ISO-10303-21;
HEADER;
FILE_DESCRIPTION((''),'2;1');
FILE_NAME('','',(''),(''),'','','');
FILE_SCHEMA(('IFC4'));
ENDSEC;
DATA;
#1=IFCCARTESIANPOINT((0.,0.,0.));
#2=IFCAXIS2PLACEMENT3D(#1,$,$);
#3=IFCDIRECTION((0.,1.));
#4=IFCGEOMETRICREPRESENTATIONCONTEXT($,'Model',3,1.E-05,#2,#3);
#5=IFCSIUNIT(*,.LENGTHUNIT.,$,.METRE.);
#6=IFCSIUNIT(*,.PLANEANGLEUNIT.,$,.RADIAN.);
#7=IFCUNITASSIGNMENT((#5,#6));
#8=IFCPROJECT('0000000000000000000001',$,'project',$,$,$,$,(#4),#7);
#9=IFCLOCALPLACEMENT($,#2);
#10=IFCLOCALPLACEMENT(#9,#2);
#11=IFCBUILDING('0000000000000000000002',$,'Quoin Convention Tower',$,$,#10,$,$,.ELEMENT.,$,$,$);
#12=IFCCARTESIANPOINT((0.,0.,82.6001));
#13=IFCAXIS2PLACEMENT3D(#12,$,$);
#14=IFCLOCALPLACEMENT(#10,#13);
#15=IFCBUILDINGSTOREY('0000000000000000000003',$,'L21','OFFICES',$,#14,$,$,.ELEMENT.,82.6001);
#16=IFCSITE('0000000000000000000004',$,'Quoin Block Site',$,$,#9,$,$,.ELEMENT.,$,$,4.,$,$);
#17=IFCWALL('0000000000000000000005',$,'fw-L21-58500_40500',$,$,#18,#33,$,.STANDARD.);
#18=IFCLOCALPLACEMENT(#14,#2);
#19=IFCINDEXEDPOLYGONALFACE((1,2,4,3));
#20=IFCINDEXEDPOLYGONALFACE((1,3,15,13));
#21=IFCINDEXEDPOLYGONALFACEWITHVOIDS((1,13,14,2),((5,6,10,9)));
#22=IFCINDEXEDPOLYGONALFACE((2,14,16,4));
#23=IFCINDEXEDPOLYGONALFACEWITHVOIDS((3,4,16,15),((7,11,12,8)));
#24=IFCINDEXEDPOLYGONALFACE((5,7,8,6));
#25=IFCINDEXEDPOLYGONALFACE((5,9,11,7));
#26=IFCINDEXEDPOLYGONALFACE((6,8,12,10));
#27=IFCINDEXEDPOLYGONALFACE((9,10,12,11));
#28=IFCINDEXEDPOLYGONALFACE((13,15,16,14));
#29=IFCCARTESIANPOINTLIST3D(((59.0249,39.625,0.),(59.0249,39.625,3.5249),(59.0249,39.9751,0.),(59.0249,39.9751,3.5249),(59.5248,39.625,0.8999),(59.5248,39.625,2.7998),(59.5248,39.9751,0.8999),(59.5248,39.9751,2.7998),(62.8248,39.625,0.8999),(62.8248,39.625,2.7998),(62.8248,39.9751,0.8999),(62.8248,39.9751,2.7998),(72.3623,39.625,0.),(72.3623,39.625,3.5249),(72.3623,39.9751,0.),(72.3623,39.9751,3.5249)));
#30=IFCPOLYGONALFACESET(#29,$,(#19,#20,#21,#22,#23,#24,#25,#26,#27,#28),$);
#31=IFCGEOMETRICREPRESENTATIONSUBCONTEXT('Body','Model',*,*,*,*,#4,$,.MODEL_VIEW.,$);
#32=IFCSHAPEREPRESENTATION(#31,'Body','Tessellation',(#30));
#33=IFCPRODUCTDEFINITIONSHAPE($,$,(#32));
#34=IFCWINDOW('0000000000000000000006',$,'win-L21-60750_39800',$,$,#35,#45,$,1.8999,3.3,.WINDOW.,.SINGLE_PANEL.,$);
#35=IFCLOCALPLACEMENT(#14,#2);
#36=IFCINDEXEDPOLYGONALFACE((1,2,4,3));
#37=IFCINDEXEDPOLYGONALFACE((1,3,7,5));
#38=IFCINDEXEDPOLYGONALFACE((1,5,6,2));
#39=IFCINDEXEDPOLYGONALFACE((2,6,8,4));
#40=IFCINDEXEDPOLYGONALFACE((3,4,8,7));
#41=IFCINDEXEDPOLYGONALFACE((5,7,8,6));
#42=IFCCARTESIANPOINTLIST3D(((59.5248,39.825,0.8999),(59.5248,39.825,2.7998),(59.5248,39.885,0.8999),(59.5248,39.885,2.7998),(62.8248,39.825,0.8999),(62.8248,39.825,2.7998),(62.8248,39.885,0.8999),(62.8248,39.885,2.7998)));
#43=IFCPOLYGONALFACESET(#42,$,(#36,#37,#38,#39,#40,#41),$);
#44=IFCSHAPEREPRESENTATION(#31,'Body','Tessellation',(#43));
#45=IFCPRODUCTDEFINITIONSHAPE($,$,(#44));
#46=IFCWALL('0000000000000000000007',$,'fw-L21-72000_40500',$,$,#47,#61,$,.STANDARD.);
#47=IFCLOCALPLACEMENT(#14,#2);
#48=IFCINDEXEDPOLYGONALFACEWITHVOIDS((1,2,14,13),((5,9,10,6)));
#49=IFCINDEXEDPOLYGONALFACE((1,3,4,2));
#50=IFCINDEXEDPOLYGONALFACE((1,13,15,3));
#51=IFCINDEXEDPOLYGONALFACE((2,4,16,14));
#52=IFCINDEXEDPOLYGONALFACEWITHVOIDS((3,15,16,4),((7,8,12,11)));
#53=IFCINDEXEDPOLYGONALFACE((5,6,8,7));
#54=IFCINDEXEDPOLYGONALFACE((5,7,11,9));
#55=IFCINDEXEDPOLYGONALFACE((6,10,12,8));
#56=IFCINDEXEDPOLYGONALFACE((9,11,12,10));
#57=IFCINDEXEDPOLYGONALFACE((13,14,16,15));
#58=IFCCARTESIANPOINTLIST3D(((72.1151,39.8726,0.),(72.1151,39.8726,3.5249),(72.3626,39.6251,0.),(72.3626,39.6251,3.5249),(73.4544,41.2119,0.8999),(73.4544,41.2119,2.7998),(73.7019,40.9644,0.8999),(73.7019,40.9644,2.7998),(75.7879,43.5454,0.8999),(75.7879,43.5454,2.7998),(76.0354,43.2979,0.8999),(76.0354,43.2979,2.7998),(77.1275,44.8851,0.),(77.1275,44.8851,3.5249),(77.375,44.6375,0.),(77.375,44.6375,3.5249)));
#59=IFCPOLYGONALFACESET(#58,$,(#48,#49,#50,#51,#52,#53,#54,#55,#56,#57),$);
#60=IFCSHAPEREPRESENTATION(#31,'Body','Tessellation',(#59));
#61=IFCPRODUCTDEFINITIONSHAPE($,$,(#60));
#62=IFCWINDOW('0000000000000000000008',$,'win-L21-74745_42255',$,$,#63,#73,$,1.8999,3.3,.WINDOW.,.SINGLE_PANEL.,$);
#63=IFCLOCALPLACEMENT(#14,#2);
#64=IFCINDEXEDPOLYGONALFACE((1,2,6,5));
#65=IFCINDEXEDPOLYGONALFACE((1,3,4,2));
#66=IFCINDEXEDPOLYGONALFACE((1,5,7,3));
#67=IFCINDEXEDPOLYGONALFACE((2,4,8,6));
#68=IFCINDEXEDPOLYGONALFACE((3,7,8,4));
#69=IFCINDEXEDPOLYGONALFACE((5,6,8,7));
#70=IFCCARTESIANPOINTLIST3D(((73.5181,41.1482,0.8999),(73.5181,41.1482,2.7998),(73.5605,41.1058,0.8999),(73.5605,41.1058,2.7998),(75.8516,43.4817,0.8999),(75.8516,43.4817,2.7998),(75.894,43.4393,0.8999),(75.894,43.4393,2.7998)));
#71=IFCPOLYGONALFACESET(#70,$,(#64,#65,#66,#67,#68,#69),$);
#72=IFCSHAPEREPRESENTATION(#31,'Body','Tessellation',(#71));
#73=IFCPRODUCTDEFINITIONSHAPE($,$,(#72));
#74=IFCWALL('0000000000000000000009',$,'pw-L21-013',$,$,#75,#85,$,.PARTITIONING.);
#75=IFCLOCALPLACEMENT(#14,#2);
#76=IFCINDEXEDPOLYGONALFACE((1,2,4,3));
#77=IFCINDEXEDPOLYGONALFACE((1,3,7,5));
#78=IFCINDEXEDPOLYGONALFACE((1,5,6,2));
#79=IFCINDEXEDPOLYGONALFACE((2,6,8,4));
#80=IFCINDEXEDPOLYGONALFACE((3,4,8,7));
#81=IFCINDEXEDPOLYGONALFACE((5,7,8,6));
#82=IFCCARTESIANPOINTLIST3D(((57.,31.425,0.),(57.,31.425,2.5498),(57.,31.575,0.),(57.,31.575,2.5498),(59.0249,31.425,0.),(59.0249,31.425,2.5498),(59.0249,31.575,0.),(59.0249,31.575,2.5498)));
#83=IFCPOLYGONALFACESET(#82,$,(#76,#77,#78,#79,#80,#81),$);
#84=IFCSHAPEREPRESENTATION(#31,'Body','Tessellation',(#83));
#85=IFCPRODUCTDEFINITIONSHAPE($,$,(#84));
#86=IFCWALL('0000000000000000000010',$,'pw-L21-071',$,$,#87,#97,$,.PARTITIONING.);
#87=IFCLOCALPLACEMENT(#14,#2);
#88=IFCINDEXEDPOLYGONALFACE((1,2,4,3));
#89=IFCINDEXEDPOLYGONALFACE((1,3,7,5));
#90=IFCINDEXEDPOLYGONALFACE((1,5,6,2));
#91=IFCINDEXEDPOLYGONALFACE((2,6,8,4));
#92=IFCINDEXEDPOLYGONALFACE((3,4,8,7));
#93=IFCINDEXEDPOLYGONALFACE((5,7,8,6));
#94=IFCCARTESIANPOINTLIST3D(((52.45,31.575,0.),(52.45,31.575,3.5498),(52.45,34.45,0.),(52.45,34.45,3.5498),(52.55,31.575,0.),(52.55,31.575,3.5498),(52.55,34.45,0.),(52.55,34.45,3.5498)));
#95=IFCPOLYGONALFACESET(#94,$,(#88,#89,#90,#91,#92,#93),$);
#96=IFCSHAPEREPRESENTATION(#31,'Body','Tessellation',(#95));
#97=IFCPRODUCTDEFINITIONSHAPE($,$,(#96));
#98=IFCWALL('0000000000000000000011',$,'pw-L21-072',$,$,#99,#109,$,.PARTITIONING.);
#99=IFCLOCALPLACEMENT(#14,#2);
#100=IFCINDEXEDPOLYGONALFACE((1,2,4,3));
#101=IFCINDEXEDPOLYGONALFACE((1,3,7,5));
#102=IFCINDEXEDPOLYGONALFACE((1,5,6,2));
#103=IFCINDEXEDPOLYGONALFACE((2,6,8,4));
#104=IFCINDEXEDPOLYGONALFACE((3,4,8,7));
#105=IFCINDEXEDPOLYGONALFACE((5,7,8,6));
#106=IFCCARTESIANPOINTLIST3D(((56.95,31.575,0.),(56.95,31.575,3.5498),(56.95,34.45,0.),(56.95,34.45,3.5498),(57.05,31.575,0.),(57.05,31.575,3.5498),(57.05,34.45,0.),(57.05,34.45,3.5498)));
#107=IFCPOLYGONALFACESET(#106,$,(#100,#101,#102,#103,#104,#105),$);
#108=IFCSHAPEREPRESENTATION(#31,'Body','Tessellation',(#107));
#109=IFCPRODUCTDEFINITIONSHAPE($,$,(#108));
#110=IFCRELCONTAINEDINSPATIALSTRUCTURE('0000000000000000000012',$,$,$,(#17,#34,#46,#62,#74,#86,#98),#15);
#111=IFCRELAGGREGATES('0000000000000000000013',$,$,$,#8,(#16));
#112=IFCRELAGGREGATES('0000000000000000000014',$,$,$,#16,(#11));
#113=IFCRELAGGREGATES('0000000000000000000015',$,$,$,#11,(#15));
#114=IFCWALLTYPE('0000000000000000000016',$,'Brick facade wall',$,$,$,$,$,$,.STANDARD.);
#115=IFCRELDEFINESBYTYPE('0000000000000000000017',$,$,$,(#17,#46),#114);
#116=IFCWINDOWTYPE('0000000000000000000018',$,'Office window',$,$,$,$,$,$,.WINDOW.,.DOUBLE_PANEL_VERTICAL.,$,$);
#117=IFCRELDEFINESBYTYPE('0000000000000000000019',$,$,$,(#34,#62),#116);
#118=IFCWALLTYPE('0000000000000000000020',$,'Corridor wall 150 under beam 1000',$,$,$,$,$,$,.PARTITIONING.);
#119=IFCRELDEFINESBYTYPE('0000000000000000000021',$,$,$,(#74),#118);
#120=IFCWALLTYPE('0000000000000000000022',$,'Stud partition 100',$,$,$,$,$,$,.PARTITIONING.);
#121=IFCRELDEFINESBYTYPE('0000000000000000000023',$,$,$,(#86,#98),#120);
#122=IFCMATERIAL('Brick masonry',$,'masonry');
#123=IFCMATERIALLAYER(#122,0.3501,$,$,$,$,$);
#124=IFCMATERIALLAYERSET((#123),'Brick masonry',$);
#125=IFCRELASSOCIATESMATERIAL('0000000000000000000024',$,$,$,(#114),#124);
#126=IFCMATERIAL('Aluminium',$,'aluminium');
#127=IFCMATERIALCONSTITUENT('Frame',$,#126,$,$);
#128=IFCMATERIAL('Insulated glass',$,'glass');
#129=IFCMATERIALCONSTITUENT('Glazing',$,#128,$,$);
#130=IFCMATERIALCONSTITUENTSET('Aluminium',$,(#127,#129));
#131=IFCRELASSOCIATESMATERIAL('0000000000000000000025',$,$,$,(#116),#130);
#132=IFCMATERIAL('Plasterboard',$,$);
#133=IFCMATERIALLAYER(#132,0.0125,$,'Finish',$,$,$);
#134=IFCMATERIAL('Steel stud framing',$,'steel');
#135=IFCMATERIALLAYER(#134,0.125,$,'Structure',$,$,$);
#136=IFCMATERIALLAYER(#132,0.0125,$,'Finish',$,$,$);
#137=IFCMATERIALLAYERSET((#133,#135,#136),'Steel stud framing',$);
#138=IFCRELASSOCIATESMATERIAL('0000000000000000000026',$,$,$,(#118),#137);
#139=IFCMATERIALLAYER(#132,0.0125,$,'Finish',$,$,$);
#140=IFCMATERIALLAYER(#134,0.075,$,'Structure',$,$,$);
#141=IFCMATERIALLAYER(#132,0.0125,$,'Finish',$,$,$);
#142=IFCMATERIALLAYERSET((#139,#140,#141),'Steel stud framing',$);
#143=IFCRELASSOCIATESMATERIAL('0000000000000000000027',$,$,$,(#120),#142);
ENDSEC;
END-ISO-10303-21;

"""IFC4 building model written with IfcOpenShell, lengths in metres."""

from ifc_helpers import new_model, si_unit, direction, frame, frame_2d, origin, place, context, subcontext, project, spatial, rectangle, extrude, material, layer, layer_set, constituent, constituent_set, type_object, element, fill, save


model = new_model("IFC4")

# Units and contexts
model_context = context("Model", 3, precision=1e-05, world=origin(), true_north=direction((0.0, 1.0)))
body_context = subcontext(model_context, "Body", "Model", "MODEL_VIEW")
ifc_project = project(units=[si_unit("LENGTHUNIT", "METRE"), si_unit("PLANEANGLEUNIT", "RADIAN")], contexts=[model_context])

# Site, building, storey
site_placement = place(None, origin())
site = spatial("IfcSite", under=ifc_project, at=site_placement, Name="Quoin Block Site", CompositionType="ELEMENT", RefElevation=4.0)
building_placement = place(site_placement, origin())
building = spatial("IfcBuilding", under=site, at=building_placement, Name="Quoin Convention Tower", CompositionType="ELEMENT")
storey_placement = place(building_placement, frame((0.0, 0.0, 82.6001)))
storey = spatial("IfcBuildingStorey", under=building, at=storey_placement, Name="L21", Description="OFFICES", CompositionType="ELEMENT", Elevation=82.6001)

# Shared definitions
ifc_material_1 = material(Name="Plasterboard")
ifc_material_2 = material(Name="Steel stud framing", Category="steel")

# Walls, openings, windows
ifc_material_3 = material(Name="Brick masonry", Category="masonry")
ifc_layer_1 = layer(ifc_material_3, 0.3501)
ifc_layer_set_1 = layer_set([ifc_layer_1], Name="Brick masonry")
wall_type_1 = type_object("IfcWallType", Name="Brick facade wall", PredefinedType="STANDARD", material=ifc_layer_set_1)
wall_1_placement = place(storey_placement, frame((59.0249, 39.8, 0.0), z_axis=(0.0, 0.0, 1.0), x_axis=(1.0, 0.0, 0.0)))
wall_1 = element("IfcWall", 1, at=wall_1_placement, inside=storey, type_object=wall_type_1, Name="fw-L21-58500_40500", PredefinedType="STANDARD", context=body_context, shape_type="SweptSolid", body=[
    extrude(rectangle(XDim=13.3374, YDim=0.3501, at=frame_2d((6.6687, 0.0))), origin(), (0.0, 0.0, 1.0), 3.5249),
])
opening_1_placement = place(wall_1_placement, frame((0.5, 0.0, 0.8999)))
opening_1 = element("IfcOpeningElement", 2, at=opening_1_placement, cuts=wall_1, PredefinedType="OPENING", context=body_context, shape_type="SweptSolid", body=[
    extrude(rectangle(XDim=3.3, YDim=1.8999, at=frame_2d((1.6499, 0.95))), frame((0.0, 0.1851, 0.0), z_axis=(0.0, -1.0, 0.0), x_axis=(1.0, 0.0, 0.0)), (0.0, 0.0, 1.0), 0.3701),
])
ifc_material_4 = material(Name="Aluminium", Category="aluminium")
ifc_constituent_1 = constituent(ifc_material_4, Name="Frame")
ifc_material_5 = material(Name="Insulated glass", Category="glass")
ifc_constituent_2 = constituent(ifc_material_5, Name="Glazing")
ifc_constituent_set = constituent_set(constituents=[ifc_constituent_1, ifc_constituent_2], Name="Aluminium")
window_type = type_object("IfcWindowType", Name="Office window", PartitioningType="DOUBLE_PANEL_VERTICAL", PredefinedType="WINDOW", material=ifc_constituent_set)
window_1_placement = place(opening_1_placement, origin())
window_1 = element("IfcWindow", 3, at=window_1_placement, inside=storey, type_object=window_type, Name="win-L21-60750_39800", OverallHeight=1.8999, OverallWidth=3.3, PartitioningType="SINGLE_PANEL", PredefinedType="WINDOW", context=body_context, shape_type="SweptSolid", body=[
    extrude(rectangle(XDim=3.3, YDim=1.8999, at=frame_2d((1.6499, 0.95))), frame((0.0, 0.085, 0.0), z_axis=(0.0, -1.0, 0.0), x_axis=(1.0, 0.0, 0.0)), (0.0, 0.0, 1.0), 0.0601),
])
fill(opening_1, window_1)
wall_2_placement = place(storey_placement, frame((72.2388, 39.7488, 0.0), z_axis=(0.0, 0.0, 1.0), x_axis=(0.707107, 0.707107, 0.0)))
wall_2 = element("IfcWall", 4, at=wall_2_placement, inside=storey, type_object=wall_type_1, Name="fw-L21-72000_40500", PredefinedType="STANDARD", context=body_context, shape_type="SweptSolid", body=[
    extrude(rectangle(XDim=7.0886, YDim=0.3501, at=frame_2d((3.5444, 0.0))), origin(), (0.0, 0.0, 1.0), 3.5249),
])
opening_2_placement = place(wall_2_placement, frame((1.8943, 0.0, 0.8999)))
opening_2 = element("IfcOpeningElement", 5, at=opening_2_placement, cuts=wall_2, PredefinedType="OPENING", context=body_context, shape_type="SweptSolid", body=[
    extrude(rectangle(XDim=3.3, YDim=1.8999, at=frame_2d((1.6499, 0.95))), frame((0.0, 0.1851, 0.0), z_axis=(0.0, -1.0, 0.0), x_axis=(1.0, 0.0, 0.0)), (0.0, 0.0, 1.0), 0.3701),
])
window_2_placement = place(opening_2_placement, origin())
window_2 = element("IfcWindow", 6, at=window_2_placement, inside=storey, type_object=window_type, Name="win-L21-74745_42255", OverallHeight=1.8999, OverallWidth=3.3, PartitioningType="SINGLE_PANEL", PredefinedType="WINDOW", context=body_context, shape_type="SweptSolid", body=[
    extrude(rectangle(XDim=3.3, YDim=1.8999, at=frame_2d((1.6499, 0.95))), frame((0.0, 0.085, 0.0), z_axis=(0.0, -1.0, 0.0), x_axis=(1.0, 0.0, 0.0)), (0.0, 0.0, 1.0), 0.0601),
])
fill(opening_2, window_2)

# Walls
ifc_layer_2 = layer(ifc_material_1, 0.0125, Name="Finish")
ifc_layer_3 = layer(ifc_material_2, 0.125, Name="Structure")
ifc_layer_4 = layer(ifc_material_1, 0.0125, Name="Finish")
ifc_layer_set_2 = layer_set([ifc_layer_2, ifc_layer_3, ifc_layer_4], Name="Steel stud framing")
wall_type_2 = type_object("IfcWallType", Name="Corridor wall 150 under beam 1000", PredefinedType="PARTITIONING", material=ifc_layer_set_2)
wall_3_placement = place(storey_placement, frame((57.0, 31.5, 0.0), z_axis=(0.0, 0.0, 1.0), x_axis=(1.0, 0.0, 0.0)))
element("IfcWall", 7, at=wall_3_placement, inside=storey, type_object=wall_type_2, Name="pw-L21-013", PredefinedType="PARTITIONING", context=body_context, shape_type="SweptSolid", body=[
    extrude(rectangle(XDim=2.0249, YDim=0.1499, at=frame_2d((1.0125, 0.0))), origin(), (0.0, 0.0, 1.0), 2.5498),
])
ifc_layer_5 = layer(ifc_material_1, 0.0125, Name="Finish")
ifc_layer_6 = layer(ifc_material_2, 0.075, Name="Structure")
ifc_layer_7 = layer(ifc_material_1, 0.0125, Name="Finish")
ifc_layer_set_3 = layer_set([ifc_layer_5, ifc_layer_6, ifc_layer_7], Name="Steel stud framing")
wall_type_3 = type_object("IfcWallType", Name="Stud partition 100", PredefinedType="PARTITIONING", material=ifc_layer_set_3)
for number, where, z_axis, x_axis, name in (
    (8, (52.5, 31.575, 0.0), (0.0, 0.0, 1.0), (0.0, 1.0, 0.0), "pw-L21-071"),
    (9, (57.0, 31.575, 0.0), (0.0, 0.0, 1.0), (0.0, 1.0, 0.0), "pw-L21-072"),
):
    element("IfcWall", number, at=place(storey_placement, frame(where, z_axis=z_axis, x_axis=x_axis)), inside=storey, type_object=wall_type_3, Name=name, PredefinedType="PARTITIONING", context=body_context, shape_type="SweptSolid", body=[
        extrude(rectangle(XDim=2.875, YDim=0.1001, at=frame_2d((1.4375, 0.0))), origin(), (0.0, 0.0, 1.0), 3.5498),
    ])

save(model, "model.ifc")
